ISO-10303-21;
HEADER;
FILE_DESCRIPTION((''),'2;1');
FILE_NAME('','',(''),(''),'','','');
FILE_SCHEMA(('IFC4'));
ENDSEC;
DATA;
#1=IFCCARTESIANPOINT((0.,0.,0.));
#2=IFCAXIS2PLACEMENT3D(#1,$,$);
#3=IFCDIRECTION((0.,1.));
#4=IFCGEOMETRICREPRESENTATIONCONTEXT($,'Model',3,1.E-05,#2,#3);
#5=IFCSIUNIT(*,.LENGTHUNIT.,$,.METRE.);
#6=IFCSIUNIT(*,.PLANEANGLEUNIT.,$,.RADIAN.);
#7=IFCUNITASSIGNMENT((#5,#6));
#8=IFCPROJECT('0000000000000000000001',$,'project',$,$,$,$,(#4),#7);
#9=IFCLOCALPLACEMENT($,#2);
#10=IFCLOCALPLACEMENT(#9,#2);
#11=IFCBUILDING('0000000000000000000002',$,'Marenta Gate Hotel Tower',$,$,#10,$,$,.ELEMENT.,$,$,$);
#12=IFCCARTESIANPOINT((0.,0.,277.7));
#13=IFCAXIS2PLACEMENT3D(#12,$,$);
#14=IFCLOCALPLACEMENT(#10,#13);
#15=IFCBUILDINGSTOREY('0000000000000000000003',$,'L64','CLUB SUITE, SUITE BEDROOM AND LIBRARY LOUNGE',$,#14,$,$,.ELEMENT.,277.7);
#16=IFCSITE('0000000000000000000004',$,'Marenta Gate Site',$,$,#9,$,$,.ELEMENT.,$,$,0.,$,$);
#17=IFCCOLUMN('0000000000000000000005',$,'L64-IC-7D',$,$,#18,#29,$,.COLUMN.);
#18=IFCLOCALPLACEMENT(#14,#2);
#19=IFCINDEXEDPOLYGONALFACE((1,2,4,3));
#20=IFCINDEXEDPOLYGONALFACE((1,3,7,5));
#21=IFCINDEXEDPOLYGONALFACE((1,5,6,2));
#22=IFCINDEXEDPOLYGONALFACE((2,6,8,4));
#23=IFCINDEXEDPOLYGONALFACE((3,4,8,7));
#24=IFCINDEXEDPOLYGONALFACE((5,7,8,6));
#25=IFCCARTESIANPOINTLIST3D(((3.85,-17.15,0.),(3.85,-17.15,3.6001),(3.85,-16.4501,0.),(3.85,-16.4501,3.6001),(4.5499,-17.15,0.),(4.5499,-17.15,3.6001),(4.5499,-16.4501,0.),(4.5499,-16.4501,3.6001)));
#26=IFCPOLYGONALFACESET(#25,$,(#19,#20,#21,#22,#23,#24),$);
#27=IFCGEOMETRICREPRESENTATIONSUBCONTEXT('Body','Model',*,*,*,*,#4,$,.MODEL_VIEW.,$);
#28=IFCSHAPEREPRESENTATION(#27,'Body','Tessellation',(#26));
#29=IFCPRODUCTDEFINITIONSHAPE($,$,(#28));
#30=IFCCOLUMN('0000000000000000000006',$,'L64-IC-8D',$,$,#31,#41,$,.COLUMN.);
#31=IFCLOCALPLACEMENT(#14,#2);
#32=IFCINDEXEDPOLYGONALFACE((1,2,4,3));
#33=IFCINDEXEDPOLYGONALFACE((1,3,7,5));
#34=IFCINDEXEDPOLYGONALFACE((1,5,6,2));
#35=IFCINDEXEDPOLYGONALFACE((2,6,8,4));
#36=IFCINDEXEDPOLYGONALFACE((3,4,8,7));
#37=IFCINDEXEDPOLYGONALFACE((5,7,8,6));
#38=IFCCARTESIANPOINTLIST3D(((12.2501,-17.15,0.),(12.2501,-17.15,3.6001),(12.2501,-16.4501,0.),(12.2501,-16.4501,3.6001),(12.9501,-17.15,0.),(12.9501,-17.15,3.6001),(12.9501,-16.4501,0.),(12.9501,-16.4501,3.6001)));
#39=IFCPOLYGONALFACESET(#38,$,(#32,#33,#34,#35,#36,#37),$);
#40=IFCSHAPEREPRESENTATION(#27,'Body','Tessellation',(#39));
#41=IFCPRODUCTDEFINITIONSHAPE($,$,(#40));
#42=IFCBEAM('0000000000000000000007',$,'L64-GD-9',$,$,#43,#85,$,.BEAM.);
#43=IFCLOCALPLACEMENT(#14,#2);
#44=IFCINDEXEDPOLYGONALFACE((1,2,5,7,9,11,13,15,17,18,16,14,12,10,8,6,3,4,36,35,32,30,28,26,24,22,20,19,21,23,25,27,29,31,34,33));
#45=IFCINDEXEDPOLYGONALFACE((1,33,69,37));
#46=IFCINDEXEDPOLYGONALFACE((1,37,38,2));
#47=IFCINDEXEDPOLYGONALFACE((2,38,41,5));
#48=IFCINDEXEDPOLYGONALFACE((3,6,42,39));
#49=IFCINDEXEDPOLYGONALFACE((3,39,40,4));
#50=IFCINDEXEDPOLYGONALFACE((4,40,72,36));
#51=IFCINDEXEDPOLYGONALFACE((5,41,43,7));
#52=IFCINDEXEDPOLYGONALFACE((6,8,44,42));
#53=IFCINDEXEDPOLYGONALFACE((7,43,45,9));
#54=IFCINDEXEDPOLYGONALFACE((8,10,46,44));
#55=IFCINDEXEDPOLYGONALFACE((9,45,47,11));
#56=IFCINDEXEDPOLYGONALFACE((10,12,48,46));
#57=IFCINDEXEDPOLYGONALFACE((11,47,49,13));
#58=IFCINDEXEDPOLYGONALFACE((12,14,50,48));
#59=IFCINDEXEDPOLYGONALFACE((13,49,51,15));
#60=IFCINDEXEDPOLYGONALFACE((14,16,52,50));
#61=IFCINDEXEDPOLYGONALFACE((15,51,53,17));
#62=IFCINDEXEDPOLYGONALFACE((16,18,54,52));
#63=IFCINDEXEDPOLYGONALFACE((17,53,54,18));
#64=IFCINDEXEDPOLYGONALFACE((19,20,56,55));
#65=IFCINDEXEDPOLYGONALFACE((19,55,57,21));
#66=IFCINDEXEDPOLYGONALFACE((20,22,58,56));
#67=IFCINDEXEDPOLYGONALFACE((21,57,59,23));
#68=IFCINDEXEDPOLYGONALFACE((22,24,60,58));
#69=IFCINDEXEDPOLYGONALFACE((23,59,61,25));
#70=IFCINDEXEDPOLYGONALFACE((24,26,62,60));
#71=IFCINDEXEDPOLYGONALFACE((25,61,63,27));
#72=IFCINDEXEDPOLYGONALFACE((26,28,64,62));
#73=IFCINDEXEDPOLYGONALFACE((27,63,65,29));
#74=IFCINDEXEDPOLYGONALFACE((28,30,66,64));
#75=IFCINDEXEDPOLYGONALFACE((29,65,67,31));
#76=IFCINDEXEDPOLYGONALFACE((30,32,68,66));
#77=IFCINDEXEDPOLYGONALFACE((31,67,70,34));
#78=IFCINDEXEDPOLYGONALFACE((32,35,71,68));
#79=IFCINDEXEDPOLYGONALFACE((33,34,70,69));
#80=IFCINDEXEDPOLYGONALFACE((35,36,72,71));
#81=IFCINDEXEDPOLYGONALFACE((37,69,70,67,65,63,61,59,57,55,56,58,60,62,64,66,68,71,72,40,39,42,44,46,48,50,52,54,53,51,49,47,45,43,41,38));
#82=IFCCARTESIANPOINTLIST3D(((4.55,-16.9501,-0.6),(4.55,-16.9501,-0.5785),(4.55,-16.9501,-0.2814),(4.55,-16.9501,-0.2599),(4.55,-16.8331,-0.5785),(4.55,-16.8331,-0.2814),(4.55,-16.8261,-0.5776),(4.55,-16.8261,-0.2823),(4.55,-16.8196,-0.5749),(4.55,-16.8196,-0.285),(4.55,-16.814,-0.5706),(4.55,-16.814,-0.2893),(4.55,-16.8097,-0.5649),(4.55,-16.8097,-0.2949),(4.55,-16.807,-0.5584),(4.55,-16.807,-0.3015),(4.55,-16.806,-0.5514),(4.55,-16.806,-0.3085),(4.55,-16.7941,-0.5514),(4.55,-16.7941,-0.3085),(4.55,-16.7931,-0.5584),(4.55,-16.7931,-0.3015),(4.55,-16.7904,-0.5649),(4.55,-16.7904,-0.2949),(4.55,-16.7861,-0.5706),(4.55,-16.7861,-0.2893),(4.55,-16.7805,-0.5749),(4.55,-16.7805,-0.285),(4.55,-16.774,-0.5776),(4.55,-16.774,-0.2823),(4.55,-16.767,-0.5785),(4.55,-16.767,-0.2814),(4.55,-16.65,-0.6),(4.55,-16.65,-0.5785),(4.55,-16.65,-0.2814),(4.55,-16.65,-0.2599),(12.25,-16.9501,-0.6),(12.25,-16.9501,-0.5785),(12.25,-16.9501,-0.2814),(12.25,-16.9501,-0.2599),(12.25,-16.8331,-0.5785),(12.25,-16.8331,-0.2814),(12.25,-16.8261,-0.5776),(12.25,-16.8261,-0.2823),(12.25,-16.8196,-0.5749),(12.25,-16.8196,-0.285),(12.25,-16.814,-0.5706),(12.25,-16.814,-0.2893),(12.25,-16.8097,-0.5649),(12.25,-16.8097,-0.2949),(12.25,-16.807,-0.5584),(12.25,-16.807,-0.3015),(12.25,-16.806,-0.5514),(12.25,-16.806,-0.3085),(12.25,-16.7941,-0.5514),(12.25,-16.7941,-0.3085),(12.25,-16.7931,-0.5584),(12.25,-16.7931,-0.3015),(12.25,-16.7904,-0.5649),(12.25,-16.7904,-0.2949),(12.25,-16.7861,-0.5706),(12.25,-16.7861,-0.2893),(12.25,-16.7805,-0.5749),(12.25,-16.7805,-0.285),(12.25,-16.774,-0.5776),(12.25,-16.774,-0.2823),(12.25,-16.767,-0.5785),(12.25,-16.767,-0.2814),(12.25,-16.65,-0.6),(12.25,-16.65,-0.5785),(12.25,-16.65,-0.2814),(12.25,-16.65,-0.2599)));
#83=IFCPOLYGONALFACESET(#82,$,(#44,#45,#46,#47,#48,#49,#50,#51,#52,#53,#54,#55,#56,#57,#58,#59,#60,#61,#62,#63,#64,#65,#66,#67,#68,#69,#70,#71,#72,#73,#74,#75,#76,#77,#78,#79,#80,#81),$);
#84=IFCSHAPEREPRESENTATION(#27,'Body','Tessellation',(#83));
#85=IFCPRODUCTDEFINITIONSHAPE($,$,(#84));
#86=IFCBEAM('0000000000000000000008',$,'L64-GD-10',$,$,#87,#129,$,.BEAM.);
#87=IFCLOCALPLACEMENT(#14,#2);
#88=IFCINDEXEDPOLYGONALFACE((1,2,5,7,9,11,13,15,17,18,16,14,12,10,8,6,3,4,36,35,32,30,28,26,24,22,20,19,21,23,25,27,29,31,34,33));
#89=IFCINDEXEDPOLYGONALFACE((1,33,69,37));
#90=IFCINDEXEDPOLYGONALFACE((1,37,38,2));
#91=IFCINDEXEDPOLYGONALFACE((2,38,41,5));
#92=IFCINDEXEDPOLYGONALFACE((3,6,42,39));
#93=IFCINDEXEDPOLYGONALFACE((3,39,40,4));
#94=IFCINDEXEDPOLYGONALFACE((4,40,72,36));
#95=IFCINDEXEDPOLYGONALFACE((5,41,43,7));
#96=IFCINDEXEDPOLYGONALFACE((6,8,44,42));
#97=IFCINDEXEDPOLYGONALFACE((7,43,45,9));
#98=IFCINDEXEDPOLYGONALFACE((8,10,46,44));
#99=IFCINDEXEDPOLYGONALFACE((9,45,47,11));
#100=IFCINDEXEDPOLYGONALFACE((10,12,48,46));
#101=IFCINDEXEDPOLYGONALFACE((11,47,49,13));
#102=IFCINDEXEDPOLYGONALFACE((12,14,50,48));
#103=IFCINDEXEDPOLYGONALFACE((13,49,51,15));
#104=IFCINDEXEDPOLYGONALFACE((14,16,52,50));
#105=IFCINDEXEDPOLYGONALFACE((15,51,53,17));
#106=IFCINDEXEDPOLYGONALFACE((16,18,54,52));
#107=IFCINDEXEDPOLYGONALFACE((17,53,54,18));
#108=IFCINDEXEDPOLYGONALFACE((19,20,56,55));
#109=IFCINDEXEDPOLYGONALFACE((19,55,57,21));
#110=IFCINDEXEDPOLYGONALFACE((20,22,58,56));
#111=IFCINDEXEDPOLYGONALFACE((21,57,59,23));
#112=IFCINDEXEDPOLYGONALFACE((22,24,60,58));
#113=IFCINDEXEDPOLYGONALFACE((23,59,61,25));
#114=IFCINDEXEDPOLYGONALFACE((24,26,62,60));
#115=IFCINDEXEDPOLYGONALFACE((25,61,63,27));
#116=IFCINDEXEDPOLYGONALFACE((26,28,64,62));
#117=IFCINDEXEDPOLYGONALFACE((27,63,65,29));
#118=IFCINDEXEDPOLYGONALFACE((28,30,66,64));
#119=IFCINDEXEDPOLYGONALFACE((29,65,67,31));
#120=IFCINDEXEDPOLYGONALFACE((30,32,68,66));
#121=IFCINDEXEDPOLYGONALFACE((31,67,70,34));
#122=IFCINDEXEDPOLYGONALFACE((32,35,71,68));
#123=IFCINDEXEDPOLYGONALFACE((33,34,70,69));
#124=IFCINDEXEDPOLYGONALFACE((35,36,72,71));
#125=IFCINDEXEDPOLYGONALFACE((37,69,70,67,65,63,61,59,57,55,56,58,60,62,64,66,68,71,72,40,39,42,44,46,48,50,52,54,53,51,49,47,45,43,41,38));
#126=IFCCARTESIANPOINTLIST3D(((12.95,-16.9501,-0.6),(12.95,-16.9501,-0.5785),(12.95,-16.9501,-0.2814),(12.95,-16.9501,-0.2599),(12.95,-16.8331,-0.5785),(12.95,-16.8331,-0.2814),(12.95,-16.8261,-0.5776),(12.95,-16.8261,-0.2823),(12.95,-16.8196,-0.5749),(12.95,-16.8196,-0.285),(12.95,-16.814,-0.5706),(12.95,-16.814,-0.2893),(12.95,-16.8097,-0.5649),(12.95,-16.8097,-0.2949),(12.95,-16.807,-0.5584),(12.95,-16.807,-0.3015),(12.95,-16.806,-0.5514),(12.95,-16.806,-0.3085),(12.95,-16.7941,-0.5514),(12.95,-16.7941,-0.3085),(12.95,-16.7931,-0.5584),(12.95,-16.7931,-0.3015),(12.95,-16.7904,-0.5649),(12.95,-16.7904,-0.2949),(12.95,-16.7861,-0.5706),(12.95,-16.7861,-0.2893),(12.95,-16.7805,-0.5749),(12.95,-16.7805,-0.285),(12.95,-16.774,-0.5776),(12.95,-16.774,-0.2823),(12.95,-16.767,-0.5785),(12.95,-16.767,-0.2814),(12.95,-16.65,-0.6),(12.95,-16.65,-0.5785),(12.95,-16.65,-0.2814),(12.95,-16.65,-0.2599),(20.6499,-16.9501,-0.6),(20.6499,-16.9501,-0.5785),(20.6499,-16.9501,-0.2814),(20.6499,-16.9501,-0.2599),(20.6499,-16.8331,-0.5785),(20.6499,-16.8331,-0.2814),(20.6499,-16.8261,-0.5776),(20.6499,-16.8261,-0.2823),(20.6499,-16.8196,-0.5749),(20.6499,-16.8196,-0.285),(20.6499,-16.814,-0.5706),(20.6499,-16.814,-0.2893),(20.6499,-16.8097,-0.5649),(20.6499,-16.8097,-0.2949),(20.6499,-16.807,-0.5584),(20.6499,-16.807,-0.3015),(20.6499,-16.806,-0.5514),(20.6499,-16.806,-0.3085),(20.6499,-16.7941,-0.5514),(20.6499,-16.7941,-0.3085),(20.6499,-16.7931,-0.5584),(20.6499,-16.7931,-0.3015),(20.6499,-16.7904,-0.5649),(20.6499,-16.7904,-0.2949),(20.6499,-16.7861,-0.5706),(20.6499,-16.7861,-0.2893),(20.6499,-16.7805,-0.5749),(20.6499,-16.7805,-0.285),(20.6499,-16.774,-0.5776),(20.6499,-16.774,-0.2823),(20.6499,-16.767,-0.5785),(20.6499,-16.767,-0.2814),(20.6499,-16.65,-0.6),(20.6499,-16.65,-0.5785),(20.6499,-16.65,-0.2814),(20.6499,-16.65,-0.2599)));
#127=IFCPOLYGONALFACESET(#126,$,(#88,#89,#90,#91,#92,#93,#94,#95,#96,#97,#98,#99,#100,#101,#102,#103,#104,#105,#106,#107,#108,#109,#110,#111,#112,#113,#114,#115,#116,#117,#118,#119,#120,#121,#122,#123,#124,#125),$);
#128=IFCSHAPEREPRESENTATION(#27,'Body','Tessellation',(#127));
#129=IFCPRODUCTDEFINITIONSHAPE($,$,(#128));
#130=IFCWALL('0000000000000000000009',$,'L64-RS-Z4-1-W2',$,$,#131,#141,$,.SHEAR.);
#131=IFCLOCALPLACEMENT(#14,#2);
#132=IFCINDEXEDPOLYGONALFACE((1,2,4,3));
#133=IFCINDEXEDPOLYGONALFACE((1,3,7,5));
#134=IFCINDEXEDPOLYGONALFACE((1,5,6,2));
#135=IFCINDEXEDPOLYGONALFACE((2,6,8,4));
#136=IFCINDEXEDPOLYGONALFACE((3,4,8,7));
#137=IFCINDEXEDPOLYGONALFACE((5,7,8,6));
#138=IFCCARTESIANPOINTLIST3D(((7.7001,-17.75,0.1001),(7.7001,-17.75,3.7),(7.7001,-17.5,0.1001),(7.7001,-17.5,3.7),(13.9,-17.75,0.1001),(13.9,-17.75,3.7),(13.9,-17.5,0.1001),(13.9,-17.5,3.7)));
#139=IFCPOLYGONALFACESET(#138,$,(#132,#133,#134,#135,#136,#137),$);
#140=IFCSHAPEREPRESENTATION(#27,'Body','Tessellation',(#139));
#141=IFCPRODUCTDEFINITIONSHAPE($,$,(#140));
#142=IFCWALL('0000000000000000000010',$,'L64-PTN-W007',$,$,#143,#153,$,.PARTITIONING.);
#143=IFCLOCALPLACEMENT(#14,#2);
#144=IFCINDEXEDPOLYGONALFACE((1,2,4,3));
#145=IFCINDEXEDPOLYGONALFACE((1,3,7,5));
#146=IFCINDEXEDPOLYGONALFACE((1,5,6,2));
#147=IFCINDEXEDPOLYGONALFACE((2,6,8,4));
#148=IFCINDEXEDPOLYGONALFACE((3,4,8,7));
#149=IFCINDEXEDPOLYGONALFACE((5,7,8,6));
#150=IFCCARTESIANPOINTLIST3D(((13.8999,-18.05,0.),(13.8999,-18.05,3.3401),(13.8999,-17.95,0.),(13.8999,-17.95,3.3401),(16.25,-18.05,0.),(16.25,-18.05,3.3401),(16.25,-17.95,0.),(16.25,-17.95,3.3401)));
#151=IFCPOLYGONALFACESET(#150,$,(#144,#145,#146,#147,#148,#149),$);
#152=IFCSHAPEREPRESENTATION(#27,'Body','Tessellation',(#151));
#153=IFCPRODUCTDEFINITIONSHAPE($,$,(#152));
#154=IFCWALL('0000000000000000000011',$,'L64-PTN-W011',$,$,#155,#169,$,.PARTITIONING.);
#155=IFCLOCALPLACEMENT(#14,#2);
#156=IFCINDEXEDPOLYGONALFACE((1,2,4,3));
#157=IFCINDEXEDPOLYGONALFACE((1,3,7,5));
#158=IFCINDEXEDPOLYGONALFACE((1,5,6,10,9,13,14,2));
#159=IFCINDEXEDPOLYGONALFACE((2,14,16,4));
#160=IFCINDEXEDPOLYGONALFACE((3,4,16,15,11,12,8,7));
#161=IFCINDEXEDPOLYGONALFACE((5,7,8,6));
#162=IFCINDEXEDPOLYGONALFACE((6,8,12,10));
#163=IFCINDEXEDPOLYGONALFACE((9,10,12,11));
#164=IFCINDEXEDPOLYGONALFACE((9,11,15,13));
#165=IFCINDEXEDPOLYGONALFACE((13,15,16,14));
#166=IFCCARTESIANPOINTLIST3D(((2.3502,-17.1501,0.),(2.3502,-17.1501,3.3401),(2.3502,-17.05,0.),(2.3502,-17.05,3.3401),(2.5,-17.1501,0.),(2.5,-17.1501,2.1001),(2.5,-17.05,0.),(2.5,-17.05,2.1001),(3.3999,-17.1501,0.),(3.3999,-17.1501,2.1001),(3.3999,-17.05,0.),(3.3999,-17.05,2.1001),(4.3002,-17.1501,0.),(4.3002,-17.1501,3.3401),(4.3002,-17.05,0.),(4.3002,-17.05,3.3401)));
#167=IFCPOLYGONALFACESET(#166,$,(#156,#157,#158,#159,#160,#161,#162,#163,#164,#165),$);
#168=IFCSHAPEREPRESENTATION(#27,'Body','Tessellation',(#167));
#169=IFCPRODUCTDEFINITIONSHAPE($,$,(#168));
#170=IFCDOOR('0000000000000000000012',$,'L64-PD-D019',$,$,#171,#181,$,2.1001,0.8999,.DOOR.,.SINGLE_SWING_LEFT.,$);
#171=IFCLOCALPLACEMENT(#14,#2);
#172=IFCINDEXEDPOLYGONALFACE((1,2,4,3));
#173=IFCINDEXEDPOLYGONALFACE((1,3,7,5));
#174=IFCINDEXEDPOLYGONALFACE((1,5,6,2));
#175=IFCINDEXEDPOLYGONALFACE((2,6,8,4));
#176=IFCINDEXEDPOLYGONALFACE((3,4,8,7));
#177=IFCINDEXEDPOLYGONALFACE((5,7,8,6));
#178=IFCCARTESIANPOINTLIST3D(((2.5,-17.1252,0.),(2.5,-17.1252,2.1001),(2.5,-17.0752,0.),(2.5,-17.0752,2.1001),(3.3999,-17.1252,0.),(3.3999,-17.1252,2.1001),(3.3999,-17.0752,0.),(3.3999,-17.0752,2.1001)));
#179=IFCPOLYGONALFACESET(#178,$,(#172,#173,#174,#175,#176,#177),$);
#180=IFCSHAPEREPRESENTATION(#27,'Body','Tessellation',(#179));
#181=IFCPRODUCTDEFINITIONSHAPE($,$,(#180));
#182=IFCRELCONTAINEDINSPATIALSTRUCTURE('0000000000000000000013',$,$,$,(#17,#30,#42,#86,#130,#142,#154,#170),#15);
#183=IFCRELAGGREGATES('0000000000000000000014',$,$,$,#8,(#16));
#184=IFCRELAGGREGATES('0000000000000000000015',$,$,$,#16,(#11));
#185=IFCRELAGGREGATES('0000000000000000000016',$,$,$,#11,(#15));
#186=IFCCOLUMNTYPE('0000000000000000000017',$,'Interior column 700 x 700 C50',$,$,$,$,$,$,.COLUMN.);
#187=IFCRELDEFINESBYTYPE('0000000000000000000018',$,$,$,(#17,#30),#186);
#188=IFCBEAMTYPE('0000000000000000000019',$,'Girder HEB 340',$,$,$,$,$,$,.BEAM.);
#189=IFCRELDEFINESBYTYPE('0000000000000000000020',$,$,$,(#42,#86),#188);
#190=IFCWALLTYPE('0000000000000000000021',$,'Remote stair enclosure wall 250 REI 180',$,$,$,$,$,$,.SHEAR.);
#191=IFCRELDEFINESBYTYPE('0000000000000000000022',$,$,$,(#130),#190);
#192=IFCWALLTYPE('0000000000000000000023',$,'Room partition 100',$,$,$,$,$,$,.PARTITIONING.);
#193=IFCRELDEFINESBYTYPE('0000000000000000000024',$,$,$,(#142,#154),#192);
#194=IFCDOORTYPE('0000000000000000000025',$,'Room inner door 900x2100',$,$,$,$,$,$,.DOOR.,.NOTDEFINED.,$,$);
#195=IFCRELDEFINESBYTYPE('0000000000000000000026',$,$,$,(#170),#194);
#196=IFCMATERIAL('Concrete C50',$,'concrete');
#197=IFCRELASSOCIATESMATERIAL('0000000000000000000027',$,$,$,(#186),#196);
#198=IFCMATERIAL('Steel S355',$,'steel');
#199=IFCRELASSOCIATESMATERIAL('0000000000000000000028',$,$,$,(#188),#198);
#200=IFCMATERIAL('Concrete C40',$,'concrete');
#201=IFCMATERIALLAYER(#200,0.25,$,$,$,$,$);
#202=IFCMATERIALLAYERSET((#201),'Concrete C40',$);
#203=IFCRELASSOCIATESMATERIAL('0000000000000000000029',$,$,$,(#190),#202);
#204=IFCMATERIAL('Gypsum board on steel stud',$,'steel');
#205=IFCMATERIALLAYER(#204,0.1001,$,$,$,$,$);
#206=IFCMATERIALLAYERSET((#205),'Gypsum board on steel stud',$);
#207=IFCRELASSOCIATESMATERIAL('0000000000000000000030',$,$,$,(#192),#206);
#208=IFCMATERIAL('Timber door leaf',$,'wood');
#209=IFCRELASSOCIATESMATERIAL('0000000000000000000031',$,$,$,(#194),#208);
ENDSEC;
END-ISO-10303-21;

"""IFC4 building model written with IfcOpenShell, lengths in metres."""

from ifc_helpers import new_model, si_unit, direction, frame, frame_2d, origin, origin_2d, place, context, subcontext, project, spatial, rectangle, i_section, extrude, material, layer, layer_set, material_profile, profile_set, type_object, element, fill, save


model = new_model("IFC4")

# Units and contexts
model_context = context("Model", 3, precision=1e-05, world=origin(), true_north=direction((0.0, 1.0)))
body_context = subcontext(model_context, "Body", "Model", "MODEL_VIEW")
ifc_project = project(units=[si_unit("LENGTHUNIT", "METRE"), si_unit("PLANEANGLEUNIT", "RADIAN")], contexts=[model_context])

# Site, building, storey
site_placement = place(None, origin())
site = spatial("IfcSite", under=ifc_project, at=site_placement, Name="Marenta Gate Site", CompositionType="ELEMENT", RefElevation=0.0)
building_placement = place(site_placement, origin())
building = spatial("IfcBuilding", under=site, at=building_placement, Name="Marenta Gate Hotel Tower", CompositionType="ELEMENT")
storey_placement = place(building_placement, frame((0.0, 0.0, 277.7)))
storey = spatial("IfcBuildingStorey", under=building, at=storey_placement, Name="L64", Description="CLUB SUITE, SUITE BEDROOM AND LIBRARY LOUNGE", CompositionType="ELEMENT", Elevation=277.7)

# Columns
ifc_material_1 = material(Name="Concrete C50", Category="concrete")
ifc_material_profile_1 = material_profile(ifc_material_1, rectangle(XDim=0.7, YDim=0.7, at=origin_2d()), Name="700 x 700")
ifc_profile_set_1 = profile_set([ifc_material_profile_1], Name="Concrete C50")
column_type = type_object("IfcColumnType", Name="Interior column 700 x 700 C50", PredefinedType="COLUMN", material=ifc_profile_set_1)
for number, where, z_axis, x_axis, name in (
    (1, (4.2, -16.8, 0.0), (0.0, 0.0, 1.0), (1.0, 0.0, 0.0), "L64-IC-7D"),
    (2, (12.6001, -16.8, 0.0), (0.0, 0.0, 1.0), (1.0, 0.0, 0.0), "L64-IC-8D"),
):
    element("IfcColumn", number, at=place(storey_placement, frame(where, z_axis=z_axis, x_axis=x_axis)), inside=storey, type_object=column_type, Name=name, PredefinedType="COLUMN", context=body_context, shape_type="SweptSolid", body=[
        extrude(rectangle(XDim=0.7, YDim=0.7, at=origin_2d()), origin(), (0.0, 0.0, 1.0), 3.6001),
    ])

# Beams
ifc_material_2 = material(Name="Steel S355", Category="steel")
ifc_material_profile_2 = material_profile(ifc_material_2, i_section(OverallWidth=0.3, OverallDepth=0.3401, WebThickness=0.012, FlangeThickness=0.0215, FilletRadius=0.0271, at=origin_2d()), Name="HEB 340")
ifc_profile_set_2 = profile_set([ifc_material_profile_2], Name="Steel S355")
beam_type = type_object("IfcBeamType", Name="Girder HEB 340", PredefinedType="BEAM", material=ifc_profile_set_2)
for number, where, z_axis, x_axis, name in (
    (3, (4.55, -16.8, -0.4299), (1.0, 0.0, 0.0), (0.0, 1.0, 0.0), "L64-GD-9"),
    (4, (12.95, -16.8, -0.4299), (1.0, 0.0, 0.0), (0.0, 1.0, 0.0), "L64-GD-10"),
):
    element("IfcBeam", number, at=place(storey_placement, frame(where, z_axis=z_axis, x_axis=x_axis)), inside=storey, type_object=beam_type, Name=name, PredefinedType="BEAM", context=body_context, shape_type="SweptSolid", body=[
        extrude(i_section(OverallWidth=0.3, OverallDepth=0.3401, WebThickness=0.012, FlangeThickness=0.0215, FilletRadius=0.0271, at=origin_2d()), origin(), (0.0, 0.0, 1.0), 7.7),
    ])

# Wall
ifc_material_3 = material(Name="Concrete C40", Category="concrete")
ifc_layer_1 = layer(ifc_material_3, 0.25)
ifc_layer_set_1 = layer_set([ifc_layer_1], Name="Concrete C40")
wall_type_1 = type_object("IfcWallType", Name="Remote stair enclosure wall 250 REI 180", PredefinedType="SHEAR", material=ifc_layer_set_1)
wall_1_placement = place(storey_placement, frame((7.7, -17.625, 0.1001), z_axis=(0.0, 0.0, 1.0), x_axis=(1.0, 0.0, 0.0)))
element("IfcWall", 5, at=wall_1_placement, inside=storey, type_object=wall_type_1, Name="L64-RS-Z4-1-W2", PredefinedType="SHEAR", context=body_context, shape_type="SweptSolid", body=[
    extrude(rectangle(XDim=6.2, YDim=0.25, at=frame_2d((3.1001, 0.0))), origin(), (0.0, 0.0, 1.0), 3.5999),
])

# Wall
ifc_material_4 = material(Name="Gypsum board on steel stud", Category="steel")
ifc_layer_2 = layer(ifc_material_4, 0.1001)
ifc_layer_set_2 = layer_set([ifc_layer_2], Name="Gypsum board on steel stud")
wall_type_2 = type_object("IfcWallType", Name="Room partition 100", PredefinedType="PARTITIONING", material=ifc_layer_set_2)
wall_2_placement = place(storey_placement, frame((13.8999, -18.0, 0.0), z_axis=(0.0, 0.0, 1.0), x_axis=(1.0, 0.0, 0.0)))
element("IfcWall", 6, at=wall_2_placement, inside=storey, type_object=wall_type_2, Name="L64-PTN-W007", PredefinedType="PARTITIONING", context=body_context, shape_type="SweptSolid", body=[
    extrude(rectangle(XDim=2.3501, YDim=0.1001, at=frame_2d((1.175, 0.0))), origin(), (0.0, 0.0, 1.0), 3.3401),
])

# Wall, opening, door
wall_3_placement = place(storey_placement, frame((2.3501, -17.1001, 0.0), z_axis=(0.0, 0.0, 1.0), x_axis=(1.0, 0.0, 0.0)))
wall_3 = element("IfcWall", 7, at=wall_3_placement, inside=storey, type_object=wall_type_2, Name="L64-PTN-W011", PredefinedType="PARTITIONING", context=body_context, shape_type="SweptSolid", body=[
    extrude(rectangle(XDim=1.95, YDim=0.1001, at=frame_2d((0.9751, 0.0))), origin(), (0.0, 0.0, 1.0), 3.3401),
])
opening_1_placement = place(wall_3_placement, frame((0.1499, 0.0, 0.0)))
opening_1 = element("IfcOpeningElement", 8, at=opening_1_placement, cuts=wall_3, PredefinedType="OPENING", context=body_context, shape_type="SweptSolid", body=[
    extrude(rectangle(XDim=0.8999, YDim=2.1001, at=frame_2d((0.45, 1.05))), frame((0.0, 0.05, 0.0), z_axis=(0.0, -1.0, 0.0), x_axis=(1.0, 0.0, 0.0)), (0.0, 0.0, 1.0), 0.1001),
])
ifc_material_5 = material(Name="Timber door leaf", Category="wood")
door_type_1 = type_object("IfcDoorType", Name="Room inner door 900x2100", OperationType="NOTDEFINED", PredefinedType="DOOR", material=ifc_material_5)
door_1_placement = place(opening_1_placement, origin())
door_1 = element("IfcDoor", 9, at=door_1_placement, inside=storey, type_object=door_type_1, Name="L64-PD-D019", OperationType="SINGLE_SWING_LEFT", OverallHeight=2.1001, OverallWidth=0.8999, PredefinedType="DOOR", context=body_context, shape_type="SweptSolid", body=[
    extrude(rectangle(XDim=0.8999, YDim=2.1001, at=frame_2d((0.45, 1.05))), frame((0.0, 0.0249, 0.0), z_axis=(0.0, -1.0, 0.0), x_axis=(1.0, 0.0, 0.0)), (0.0, 0.0, 1.0), 0.05),
])
fill(opening_1, door_1)

save(model, "model.ifc")
